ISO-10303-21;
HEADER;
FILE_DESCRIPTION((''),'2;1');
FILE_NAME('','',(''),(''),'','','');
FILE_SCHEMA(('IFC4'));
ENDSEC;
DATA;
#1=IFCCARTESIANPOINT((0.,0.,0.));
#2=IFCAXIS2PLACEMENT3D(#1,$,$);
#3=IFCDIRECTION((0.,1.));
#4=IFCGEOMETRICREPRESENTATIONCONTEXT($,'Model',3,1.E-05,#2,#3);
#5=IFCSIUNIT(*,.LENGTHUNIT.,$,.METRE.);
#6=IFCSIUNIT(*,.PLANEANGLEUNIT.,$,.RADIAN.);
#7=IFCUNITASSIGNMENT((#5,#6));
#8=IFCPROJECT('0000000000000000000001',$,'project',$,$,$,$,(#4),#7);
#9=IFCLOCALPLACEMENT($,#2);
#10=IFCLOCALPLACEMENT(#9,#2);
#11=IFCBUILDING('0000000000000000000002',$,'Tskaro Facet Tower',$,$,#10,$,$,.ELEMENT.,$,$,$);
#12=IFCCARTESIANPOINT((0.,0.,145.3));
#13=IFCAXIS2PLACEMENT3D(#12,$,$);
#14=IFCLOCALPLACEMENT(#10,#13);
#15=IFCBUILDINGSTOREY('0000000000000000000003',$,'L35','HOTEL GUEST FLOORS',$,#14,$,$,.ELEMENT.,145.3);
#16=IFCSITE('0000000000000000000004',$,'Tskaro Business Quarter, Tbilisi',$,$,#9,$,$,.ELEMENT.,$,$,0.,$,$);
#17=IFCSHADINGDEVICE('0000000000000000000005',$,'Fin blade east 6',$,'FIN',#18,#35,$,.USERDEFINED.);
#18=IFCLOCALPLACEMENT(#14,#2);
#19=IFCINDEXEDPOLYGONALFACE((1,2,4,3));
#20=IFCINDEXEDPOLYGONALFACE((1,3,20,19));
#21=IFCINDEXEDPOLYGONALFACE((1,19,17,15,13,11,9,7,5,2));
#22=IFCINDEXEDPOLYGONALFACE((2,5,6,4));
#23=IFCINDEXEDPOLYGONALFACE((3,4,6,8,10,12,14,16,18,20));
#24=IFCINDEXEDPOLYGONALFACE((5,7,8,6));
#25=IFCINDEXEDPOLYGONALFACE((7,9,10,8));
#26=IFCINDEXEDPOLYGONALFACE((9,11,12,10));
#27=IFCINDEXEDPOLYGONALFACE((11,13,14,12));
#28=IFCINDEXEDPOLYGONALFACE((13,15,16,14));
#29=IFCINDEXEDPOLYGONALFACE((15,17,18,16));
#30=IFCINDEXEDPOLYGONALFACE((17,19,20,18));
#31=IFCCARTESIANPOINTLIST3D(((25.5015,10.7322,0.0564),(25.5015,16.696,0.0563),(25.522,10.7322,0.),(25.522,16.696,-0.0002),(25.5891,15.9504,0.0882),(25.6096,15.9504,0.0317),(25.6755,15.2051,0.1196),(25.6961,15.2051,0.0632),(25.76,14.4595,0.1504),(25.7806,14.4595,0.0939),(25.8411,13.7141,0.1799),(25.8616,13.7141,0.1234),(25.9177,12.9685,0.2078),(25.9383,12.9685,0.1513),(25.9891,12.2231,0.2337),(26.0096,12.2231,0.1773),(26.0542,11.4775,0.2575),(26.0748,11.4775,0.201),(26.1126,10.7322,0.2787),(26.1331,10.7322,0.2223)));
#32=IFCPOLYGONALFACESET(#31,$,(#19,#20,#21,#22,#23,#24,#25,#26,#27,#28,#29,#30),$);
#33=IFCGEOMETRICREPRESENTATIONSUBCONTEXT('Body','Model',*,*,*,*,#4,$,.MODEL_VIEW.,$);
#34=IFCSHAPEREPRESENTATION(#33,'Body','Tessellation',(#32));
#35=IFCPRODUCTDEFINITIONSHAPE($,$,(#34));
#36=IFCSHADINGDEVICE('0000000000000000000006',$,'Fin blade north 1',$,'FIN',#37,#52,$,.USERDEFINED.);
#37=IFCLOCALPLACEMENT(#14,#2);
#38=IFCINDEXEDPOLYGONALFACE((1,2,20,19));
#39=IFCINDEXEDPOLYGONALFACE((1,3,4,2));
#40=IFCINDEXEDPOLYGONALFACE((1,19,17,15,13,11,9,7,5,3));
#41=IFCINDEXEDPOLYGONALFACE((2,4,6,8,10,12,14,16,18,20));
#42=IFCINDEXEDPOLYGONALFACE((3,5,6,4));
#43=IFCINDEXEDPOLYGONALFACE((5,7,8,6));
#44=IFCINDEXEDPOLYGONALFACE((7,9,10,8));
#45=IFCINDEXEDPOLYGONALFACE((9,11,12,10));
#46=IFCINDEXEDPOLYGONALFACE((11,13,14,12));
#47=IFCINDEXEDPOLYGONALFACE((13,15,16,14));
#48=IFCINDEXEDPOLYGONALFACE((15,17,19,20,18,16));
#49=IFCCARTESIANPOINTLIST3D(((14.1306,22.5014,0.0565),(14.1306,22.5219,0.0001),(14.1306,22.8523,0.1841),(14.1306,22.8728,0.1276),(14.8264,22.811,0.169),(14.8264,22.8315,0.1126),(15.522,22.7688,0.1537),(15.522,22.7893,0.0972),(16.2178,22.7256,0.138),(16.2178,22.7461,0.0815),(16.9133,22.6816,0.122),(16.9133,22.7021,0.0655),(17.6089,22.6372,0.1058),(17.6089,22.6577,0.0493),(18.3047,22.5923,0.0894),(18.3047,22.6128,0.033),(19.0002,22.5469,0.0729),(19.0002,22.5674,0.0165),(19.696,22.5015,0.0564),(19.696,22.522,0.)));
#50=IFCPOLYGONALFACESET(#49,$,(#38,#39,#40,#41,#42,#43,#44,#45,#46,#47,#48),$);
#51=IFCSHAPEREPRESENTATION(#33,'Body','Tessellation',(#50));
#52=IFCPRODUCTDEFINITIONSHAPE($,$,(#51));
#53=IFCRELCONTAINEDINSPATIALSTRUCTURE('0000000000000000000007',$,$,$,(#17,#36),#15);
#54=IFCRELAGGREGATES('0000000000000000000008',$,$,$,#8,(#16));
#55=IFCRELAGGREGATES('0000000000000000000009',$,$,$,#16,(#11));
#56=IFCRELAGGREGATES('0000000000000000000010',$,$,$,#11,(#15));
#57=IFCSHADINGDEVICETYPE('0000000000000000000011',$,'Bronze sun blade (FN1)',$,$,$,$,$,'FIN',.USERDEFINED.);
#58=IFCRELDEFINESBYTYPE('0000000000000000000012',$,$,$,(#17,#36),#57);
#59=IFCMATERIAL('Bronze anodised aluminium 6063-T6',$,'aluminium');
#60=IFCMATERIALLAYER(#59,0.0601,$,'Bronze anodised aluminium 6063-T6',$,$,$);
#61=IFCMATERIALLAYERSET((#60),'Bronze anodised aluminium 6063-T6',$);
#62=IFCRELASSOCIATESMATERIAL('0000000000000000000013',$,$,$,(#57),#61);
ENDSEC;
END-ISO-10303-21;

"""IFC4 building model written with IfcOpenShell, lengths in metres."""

from ifc_helpers import new_model, si_unit, direction, frame, origin, place, context, subcontext, project, spatial, polyline, outline, extrude, material, layer, layer_set, type_object, element, save


model = new_model("IFC4")

# Units and contexts
model_context = context("Model", 3, precision=1e-05, world=origin(), true_north=direction((0.0, 1.0)))
body_context = subcontext(model_context, "Body", "Model", "MODEL_VIEW")
ifc_project = project(units=[si_unit("LENGTHUNIT", "METRE"), si_unit("PLANEANGLEUNIT", "RADIAN")], contexts=[model_context])

# Site, building, storey
site_placement = place(None, origin())
site = spatial("IfcSite", under=ifc_project, at=site_placement, Name="Tskaro Business Quarter, Tbilisi", CompositionType="ELEMENT", RefElevation=0.0)
building_placement = place(site_placement, origin())
building = spatial("IfcBuilding", under=site, at=building_placement, Name="Tskaro Facet Tower", CompositionType="ELEMENT")
storey_placement = place(building_placement, frame((0.0, 0.0, 145.3)))
storey = spatial("IfcBuildingStorey", under=building, at=storey_placement, Name="L35", Description="HOTEL GUEST FLOORS", CompositionType="ELEMENT", Elevation=145.3)

# Shared definitions
ifc_material_1 = material(Name="Bronze anodised aluminium 6063-T6", Category="aluminium")

# Shading devices
ifc_layer_1 = layer(ifc_material_1, 0.0601, Name="Bronze anodised aluminium 6063-T6")
ifc_layer_set_1 = layer_set([ifc_layer_1], Name="Bronze anodised aluminium 6063-T6")
shading_device_type = type_object("IfcShadingDeviceType", Name="Bronze sun blade (FN1)", ElementType="FIN", PredefinedType="USERDEFINED", material=ifc_layer_set_1)
shading_device_1_placement = place(storey_placement, frame((25.5015, 10.7322, 0.0564), z_axis=(-0.341838, 0.000022, 0.939759), x_axis=(0.000008, 1.0, -0.000021)))
element("IfcShadingDevice", 1, at=shading_device_1_placement, inside=storey, type_object=shading_device_type, Name="Fin blade east 6", ObjectType="FIN", PredefinedType="USERDEFINED", context=body_context, shape_type="SweptSolid", body=[
    extrude(outline(polyline([(0.0, 0.0), (5.9639, 0.0), (5.2183, -0.0932), (4.4729, -0.1852), (3.7273, -0.2751), (2.9819, -0.3614), (2.2363, -0.4429), (1.491, -0.5189), (0.7454, -0.5882), (0.0, -0.6503), (0.0, 0.0)])), origin(), (0.0, 0.0, -1.0), 0.0601),
])
shading_device_2_placement = place(storey_placement, frame((19.696, 22.5015, 0.0564), z_axis=(0.000022, -0.341698, 0.93981), x_axis=(-1.0, -0.000007, 0.00002)))
element("IfcShadingDevice", 2, at=shading_device_2_placement, inside=storey, type_object=shading_device_type, Name="Fin blade north 1", ObjectType="FIN", PredefinedType="USERDEFINED", context=body_context, shape_type="SweptSolid", body=[
    extrude(outline(polyline([(0.0, 0.0), (5.5654, 0.0), (5.5654, -0.3733), (4.8696, -0.3294), (4.1741, -0.2844), (3.4783, -0.2385), (2.7827, -0.1917), (2.0872, -0.1444), (1.3914, -0.0966), (0.6958, -0.0483), (0.0, 0.0)])), origin(), (0.0, 0.0, -1.0), 0.0601),
])

save(model, "model.ifc")
